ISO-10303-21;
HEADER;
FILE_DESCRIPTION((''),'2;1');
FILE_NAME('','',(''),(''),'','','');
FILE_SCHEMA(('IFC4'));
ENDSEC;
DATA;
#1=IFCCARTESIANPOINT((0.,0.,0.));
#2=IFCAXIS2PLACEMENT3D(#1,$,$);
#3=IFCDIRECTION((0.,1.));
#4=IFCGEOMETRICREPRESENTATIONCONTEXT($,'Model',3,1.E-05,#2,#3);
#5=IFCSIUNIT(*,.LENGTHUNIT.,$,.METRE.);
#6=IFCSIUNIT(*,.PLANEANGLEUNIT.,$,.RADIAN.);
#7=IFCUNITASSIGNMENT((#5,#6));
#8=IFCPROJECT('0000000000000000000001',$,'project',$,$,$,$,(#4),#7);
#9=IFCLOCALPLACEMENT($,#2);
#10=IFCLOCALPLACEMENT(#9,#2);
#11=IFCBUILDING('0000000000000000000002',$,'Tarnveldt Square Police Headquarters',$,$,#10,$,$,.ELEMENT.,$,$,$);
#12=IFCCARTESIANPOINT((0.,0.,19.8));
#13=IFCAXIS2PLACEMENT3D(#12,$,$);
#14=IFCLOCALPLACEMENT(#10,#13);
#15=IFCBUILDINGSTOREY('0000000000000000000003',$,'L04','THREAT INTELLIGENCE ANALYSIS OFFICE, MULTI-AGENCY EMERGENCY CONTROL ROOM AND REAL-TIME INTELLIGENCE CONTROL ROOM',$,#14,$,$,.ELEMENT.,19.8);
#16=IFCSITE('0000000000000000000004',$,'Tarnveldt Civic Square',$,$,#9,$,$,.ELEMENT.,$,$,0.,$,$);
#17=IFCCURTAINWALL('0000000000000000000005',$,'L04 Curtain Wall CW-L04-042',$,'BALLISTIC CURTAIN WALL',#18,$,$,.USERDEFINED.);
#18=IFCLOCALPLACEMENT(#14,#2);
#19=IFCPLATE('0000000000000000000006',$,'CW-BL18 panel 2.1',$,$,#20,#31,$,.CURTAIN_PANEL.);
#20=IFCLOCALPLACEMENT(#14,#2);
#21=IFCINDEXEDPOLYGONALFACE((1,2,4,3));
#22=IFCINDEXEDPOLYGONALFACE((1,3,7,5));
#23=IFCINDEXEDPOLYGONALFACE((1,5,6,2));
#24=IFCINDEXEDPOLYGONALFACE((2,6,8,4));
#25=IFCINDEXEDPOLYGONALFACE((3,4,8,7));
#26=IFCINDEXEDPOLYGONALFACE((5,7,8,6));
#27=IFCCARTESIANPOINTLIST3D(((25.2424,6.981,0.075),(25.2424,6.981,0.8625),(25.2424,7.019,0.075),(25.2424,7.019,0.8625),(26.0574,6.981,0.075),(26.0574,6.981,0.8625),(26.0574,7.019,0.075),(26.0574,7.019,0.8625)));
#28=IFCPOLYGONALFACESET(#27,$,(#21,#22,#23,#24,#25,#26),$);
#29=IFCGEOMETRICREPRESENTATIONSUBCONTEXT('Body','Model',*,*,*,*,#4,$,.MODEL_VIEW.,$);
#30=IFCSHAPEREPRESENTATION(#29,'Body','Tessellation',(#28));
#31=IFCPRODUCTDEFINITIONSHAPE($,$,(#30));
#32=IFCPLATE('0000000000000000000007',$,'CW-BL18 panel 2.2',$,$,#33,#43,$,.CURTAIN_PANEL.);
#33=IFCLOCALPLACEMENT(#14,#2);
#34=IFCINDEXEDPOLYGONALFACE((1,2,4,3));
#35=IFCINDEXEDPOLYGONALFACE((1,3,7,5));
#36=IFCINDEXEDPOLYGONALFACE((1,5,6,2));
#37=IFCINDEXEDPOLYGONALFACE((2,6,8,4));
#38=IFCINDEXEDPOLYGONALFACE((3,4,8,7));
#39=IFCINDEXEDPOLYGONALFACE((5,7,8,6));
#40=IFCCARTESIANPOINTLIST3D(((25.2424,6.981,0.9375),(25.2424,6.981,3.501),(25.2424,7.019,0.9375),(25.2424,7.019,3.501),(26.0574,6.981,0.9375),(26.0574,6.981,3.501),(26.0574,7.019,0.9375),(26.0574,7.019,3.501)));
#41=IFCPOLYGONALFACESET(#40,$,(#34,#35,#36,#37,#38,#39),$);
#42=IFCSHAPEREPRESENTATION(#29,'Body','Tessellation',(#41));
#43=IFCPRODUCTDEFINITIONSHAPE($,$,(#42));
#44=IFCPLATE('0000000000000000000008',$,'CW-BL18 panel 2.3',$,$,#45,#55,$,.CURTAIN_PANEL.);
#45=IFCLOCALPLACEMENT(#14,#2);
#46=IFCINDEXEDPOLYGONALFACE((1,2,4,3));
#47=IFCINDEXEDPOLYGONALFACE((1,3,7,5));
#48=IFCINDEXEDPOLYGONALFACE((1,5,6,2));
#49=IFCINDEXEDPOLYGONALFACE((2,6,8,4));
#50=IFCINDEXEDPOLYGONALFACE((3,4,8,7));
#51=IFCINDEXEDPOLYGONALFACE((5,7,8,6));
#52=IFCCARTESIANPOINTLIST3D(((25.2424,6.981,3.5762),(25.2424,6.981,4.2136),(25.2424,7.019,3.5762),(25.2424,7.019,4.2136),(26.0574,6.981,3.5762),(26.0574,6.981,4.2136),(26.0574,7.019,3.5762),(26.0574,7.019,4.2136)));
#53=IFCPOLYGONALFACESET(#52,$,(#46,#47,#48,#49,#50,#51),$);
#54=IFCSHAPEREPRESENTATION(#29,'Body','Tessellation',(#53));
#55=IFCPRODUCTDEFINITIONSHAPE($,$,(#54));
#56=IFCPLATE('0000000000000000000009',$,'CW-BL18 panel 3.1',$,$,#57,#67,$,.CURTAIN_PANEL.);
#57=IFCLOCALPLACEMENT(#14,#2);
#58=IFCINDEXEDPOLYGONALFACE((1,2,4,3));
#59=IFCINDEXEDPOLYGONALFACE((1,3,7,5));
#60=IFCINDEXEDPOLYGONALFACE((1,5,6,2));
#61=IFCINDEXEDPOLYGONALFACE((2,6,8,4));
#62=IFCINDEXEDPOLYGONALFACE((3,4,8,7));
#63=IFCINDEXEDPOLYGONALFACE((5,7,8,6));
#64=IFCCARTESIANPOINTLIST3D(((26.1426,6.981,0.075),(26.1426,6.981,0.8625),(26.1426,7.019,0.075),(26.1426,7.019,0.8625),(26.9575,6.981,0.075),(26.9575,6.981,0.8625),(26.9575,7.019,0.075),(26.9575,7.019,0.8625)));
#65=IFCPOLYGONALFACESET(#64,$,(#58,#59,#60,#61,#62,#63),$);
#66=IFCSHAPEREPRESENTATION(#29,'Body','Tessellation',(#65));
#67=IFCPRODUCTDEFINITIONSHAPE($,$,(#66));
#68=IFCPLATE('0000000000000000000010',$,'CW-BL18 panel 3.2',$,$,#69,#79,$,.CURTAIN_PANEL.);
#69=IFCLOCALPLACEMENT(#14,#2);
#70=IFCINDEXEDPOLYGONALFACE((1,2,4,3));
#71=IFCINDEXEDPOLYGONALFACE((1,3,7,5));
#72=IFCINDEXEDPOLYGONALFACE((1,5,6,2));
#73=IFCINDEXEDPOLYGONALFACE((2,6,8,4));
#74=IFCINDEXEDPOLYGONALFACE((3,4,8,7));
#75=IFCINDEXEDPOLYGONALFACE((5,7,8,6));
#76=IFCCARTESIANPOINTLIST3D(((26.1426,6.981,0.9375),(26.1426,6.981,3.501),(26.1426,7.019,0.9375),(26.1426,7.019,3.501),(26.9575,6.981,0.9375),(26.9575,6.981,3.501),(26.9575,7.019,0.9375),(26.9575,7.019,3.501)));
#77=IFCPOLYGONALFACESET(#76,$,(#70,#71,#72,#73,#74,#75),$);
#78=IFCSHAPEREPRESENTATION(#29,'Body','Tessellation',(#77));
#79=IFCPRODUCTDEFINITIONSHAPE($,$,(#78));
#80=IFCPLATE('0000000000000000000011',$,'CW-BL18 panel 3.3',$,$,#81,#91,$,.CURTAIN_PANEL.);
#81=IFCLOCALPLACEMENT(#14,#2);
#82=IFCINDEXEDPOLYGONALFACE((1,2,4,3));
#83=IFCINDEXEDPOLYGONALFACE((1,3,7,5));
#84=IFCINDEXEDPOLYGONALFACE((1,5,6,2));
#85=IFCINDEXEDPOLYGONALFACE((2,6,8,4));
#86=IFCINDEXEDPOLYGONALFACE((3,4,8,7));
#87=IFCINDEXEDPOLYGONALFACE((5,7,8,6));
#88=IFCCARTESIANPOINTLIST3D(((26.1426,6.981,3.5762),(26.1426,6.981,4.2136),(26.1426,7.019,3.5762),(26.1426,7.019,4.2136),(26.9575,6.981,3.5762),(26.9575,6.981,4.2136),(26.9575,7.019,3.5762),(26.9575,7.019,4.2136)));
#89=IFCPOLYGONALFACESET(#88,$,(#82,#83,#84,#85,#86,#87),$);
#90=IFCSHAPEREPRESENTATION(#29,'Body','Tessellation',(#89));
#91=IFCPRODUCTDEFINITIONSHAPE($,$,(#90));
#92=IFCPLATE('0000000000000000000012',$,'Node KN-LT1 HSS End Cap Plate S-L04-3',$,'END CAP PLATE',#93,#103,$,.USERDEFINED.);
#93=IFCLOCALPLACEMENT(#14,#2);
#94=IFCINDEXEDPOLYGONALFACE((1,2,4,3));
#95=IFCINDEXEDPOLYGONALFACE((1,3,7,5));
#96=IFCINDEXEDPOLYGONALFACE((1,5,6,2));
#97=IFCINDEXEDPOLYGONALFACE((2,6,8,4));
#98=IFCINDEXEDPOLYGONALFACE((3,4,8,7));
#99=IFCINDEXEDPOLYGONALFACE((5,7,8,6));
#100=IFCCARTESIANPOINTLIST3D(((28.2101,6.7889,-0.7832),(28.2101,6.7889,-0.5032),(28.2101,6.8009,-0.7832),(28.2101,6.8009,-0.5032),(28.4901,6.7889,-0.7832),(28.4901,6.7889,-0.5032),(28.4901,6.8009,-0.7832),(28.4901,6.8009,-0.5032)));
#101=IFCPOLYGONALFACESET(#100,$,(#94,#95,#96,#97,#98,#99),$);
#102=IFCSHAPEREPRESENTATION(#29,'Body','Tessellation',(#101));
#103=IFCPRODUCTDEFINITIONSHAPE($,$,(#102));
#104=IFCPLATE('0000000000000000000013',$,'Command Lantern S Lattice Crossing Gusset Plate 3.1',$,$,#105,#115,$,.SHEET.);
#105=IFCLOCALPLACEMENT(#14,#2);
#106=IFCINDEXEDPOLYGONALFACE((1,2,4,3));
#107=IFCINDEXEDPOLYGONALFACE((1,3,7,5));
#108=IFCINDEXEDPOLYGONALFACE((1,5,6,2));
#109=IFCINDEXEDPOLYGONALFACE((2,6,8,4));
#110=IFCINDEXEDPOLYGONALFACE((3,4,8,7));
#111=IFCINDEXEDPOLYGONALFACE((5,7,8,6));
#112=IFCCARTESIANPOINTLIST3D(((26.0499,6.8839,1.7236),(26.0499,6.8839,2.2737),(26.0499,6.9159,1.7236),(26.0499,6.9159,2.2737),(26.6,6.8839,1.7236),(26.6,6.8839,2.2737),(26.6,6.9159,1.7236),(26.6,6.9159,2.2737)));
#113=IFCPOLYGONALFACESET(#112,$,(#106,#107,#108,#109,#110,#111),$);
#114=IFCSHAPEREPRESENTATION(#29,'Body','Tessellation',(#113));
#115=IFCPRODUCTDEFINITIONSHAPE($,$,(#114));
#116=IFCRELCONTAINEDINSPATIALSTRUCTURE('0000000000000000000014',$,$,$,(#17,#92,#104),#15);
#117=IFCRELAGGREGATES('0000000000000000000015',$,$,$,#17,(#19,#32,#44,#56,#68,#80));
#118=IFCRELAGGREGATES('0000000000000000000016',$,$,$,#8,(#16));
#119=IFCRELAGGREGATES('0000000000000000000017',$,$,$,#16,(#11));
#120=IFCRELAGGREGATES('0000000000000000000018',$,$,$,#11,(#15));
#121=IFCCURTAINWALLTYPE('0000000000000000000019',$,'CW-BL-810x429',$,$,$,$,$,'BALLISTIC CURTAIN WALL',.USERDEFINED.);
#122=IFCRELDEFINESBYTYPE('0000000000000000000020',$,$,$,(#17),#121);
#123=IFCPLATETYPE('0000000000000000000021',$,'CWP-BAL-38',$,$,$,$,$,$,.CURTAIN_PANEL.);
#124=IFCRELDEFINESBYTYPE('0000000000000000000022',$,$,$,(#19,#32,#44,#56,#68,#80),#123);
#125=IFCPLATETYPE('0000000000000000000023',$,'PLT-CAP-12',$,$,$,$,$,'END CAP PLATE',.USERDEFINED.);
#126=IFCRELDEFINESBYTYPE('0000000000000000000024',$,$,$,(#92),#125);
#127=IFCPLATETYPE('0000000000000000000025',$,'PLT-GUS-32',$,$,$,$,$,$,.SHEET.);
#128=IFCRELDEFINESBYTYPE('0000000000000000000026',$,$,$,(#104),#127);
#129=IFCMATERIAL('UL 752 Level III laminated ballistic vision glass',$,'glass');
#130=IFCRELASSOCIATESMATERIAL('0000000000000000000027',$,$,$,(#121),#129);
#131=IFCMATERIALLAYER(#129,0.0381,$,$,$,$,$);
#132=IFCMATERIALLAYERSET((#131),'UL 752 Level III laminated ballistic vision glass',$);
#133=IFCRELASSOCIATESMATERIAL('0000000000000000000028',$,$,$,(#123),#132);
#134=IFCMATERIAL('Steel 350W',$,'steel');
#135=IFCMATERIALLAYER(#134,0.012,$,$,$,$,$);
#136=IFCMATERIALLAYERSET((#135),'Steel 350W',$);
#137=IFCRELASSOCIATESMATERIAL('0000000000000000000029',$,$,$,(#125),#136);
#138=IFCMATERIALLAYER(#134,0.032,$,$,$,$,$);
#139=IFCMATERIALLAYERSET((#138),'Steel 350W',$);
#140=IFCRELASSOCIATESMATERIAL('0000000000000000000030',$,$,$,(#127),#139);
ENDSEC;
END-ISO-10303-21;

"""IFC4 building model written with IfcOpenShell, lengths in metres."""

from ifc_helpers import new_model, si_unit, direction, frame, origin, origin_2d, place, context, subcontext, project, spatial, rectangle, extrude, material, layer, layer_set, type_object, element, aggregate, save


model = new_model("IFC4")

# Units and contexts
model_context = context("Model", 3, precision=1e-05, world=origin(), true_north=direction((0.0, 1.0)))
body_context = subcontext(model_context, "Body", "Model", "MODEL_VIEW")
ifc_project = project(units=[si_unit("LENGTHUNIT", "METRE"), si_unit("PLANEANGLEUNIT", "RADIAN")], contexts=[model_context])

# Site, building, storey
site_placement = place(None, origin())
site = spatial("IfcSite", under=ifc_project, at=site_placement, Name="Tarnveldt Civic Square", CompositionType="ELEMENT", RefElevation=0.0)
building_placement = place(site_placement, origin())
building = spatial("IfcBuilding", under=site, at=building_placement, Name="Tarnveldt Square Police Headquarters", CompositionType="ELEMENT")
storey_placement = place(building_placement, frame((0.0, 0.0, 19.8)))
storey = spatial("IfcBuildingStorey", under=building, at=storey_placement, Name="L04", Description="THREAT INTELLIGENCE ANALYSIS OFFICE, MULTI-AGENCY EMERGENCY CONTROL ROOM AND REAL-TIME INTELLIGENCE CONTROL ROOM", CompositionType="ELEMENT", Elevation=19.8)

# Shared definitions
ifc_material_1 = material(Name="Steel 350W", Category="steel")

# Curtain wall
ifc_material_2 = material(Name="UL 752 Level III laminated ballistic vision glass", Category="glass")
curtain_wall_type = type_object("IfcCurtainWallType", Name="CW-BL-810x429", ElementType="BALLISTIC CURTAIN WALL", PredefinedType="USERDEFINED", material=ifc_material_2)
curtain_wall_placement = place(storey_placement, origin())
curtain_wall = element("IfcCurtainWall", 1, at=curtain_wall_placement, inside=storey, type_object=curtain_wall_type, Name="L04 Curtain Wall CW-L04-042", ObjectType="BALLISTIC CURTAIN WALL", PredefinedType="USERDEFINED")

# Plates
ifc_layer_1 = layer(ifc_material_2, 0.0381)
ifc_layer_set_1 = layer_set([ifc_layer_1], Name="UL 752 Level III laminated ballistic vision glass")
plate_type_1 = type_object("IfcPlateType", Name="CWP-BAL-38", PredefinedType="CURTAIN_PANEL", material=ifc_layer_set_1)
plate_1_placement = place(storey_placement, frame((25.6499, 7.0, 0.075), z_axis=(0.0, 0.0, 1.0), x_axis=(1.0, 0.0, 0.0)))
plate_1 = element("IfcPlate", 2, at=plate_1_placement, type_object=plate_type_1, Name="CW-BL18 panel 2.1", PredefinedType="CURTAIN_PANEL", context=body_context, shape_type="SweptSolid", body=[
    extrude(rectangle(XDim=0.8149, YDim=0.0381, at=origin_2d()), origin(), (0.0, 0.0, 1.0), 0.7876),
])
plate_2_placement = place(storey_placement, frame((25.6499, 7.0, 0.9375), z_axis=(0.0, 0.0, 1.0), x_axis=(1.0, 0.0, 0.0)))
plate_2 = element("IfcPlate", 3, at=plate_2_placement, type_object=plate_type_1, Name="CW-BL18 panel 2.2", PredefinedType="CURTAIN_PANEL", context=body_context, shape_type="SweptSolid", body=[
    extrude(rectangle(XDim=0.8149, YDim=0.0381, at=origin_2d()), origin(), (0.0, 0.0, 1.0), 2.5635),
])
plate_3_placement = place(storey_placement, frame((25.6499, 7.0, 3.5762), z_axis=(0.0, 0.0, 1.0), x_axis=(1.0, 0.0, 0.0)))
plate_3 = element("IfcPlate", 4, at=plate_3_placement, type_object=plate_type_1, Name="CW-BL18 panel 2.3", PredefinedType="CURTAIN_PANEL", context=body_context, shape_type="SweptSolid", body=[
    extrude(rectangle(XDim=0.8149, YDim=0.0381, at=origin_2d()), origin(), (0.0, 0.0, 1.0), 0.6375),
])
plate_4_placement = place(storey_placement, frame((26.55, 7.0, 0.075), z_axis=(0.0, 0.0, 1.0), x_axis=(1.0, 0.0, 0.0)))
plate_4 = element("IfcPlate", 5, at=plate_4_placement, type_object=plate_type_1, Name="CW-BL18 panel 3.1", PredefinedType="CURTAIN_PANEL", context=body_context, shape_type="SweptSolid", body=[
    extrude(rectangle(XDim=0.8149, YDim=0.0381, at=origin_2d()), origin(), (0.0, 0.0, 1.0), 0.7876),
])
plate_5_placement = place(storey_placement, frame((26.55, 7.0, 0.9375), z_axis=(0.0, 0.0, 1.0), x_axis=(1.0, 0.0, 0.0)))
plate_5 = element("IfcPlate", 6, at=plate_5_placement, type_object=plate_type_1, Name="CW-BL18 panel 3.2", PredefinedType="CURTAIN_PANEL", context=body_context, shape_type="SweptSolid", body=[
    extrude(rectangle(XDim=0.8149, YDim=0.0381, at=origin_2d()), origin(), (0.0, 0.0, 1.0), 2.5635),
])
plate_6_placement = place(storey_placement, frame((26.55, 7.0, 3.5762), z_axis=(0.0, 0.0, 1.0), x_axis=(1.0, 0.0, 0.0)))
plate_6 = element("IfcPlate", 7, at=plate_6_placement, type_object=plate_type_1, Name="CW-BL18 panel 3.3", PredefinedType="CURTAIN_PANEL", context=body_context, shape_type="SweptSolid", body=[
    extrude(rectangle(XDim=0.8149, YDim=0.0381, at=origin_2d()), origin(), (0.0, 0.0, 1.0), 0.6375),
])
aggregate(curtain_wall, [plate_1, plate_2, plate_3, plate_4, plate_5, plate_6])

# Plates
ifc_layer_2 = layer(ifc_material_1, 0.012)
ifc_layer_set_2 = layer_set([ifc_layer_2], Name="Steel 350W")
plate_type_2 = type_object("IfcPlateType", Name="PLT-CAP-12", ElementType="END CAP PLATE", PredefinedType="USERDEFINED", material=ifc_layer_set_2)
plate_7_placement = place(storey_placement, frame((28.3501, 6.7949, -0.7832), z_axis=(0.0, 0.0, 1.0), x_axis=(1.0, 0.0, 0.0)))
element("IfcPlate", 8, at=plate_7_placement, inside=storey, type_object=plate_type_2, Name="Node KN-LT1 HSS End Cap Plate S-L04-3", ObjectType="END CAP PLATE", PredefinedType="USERDEFINED", context=body_context, shape_type="SweptSolid", body=[
    extrude(rectangle(XDim=0.28, YDim=0.012, at=origin_2d()), origin(), (0.0, 0.0, 1.0), 0.28),
])
ifc_layer_3 = layer(ifc_material_1, 0.032)
ifc_layer_set_3 = layer_set([ifc_layer_3], Name="Steel 350W")
plate_type_3 = type_object("IfcPlateType", Name="PLT-GUS-32", PredefinedType="SHEET", material=ifc_layer_set_3)
plate_8_placement = place(storey_placement, frame((26.325, 6.8999, 1.7236), z_axis=(0.0, 0.0, 1.0), x_axis=(1.0, 0.0, 0.0)))
element("IfcPlate", 9, at=plate_8_placement, inside=storey, type_object=plate_type_3, Name="Command Lantern S Lattice Crossing Gusset Plate 3.1", PredefinedType="SHEET", context=body_context, shape_type="SweptSolid", body=[
    extrude(rectangle(XDim=0.55, YDim=0.032, at=origin_2d()), origin(), (0.0, 0.0, 1.0), 0.55),
])

save(model, "model.ifc")
